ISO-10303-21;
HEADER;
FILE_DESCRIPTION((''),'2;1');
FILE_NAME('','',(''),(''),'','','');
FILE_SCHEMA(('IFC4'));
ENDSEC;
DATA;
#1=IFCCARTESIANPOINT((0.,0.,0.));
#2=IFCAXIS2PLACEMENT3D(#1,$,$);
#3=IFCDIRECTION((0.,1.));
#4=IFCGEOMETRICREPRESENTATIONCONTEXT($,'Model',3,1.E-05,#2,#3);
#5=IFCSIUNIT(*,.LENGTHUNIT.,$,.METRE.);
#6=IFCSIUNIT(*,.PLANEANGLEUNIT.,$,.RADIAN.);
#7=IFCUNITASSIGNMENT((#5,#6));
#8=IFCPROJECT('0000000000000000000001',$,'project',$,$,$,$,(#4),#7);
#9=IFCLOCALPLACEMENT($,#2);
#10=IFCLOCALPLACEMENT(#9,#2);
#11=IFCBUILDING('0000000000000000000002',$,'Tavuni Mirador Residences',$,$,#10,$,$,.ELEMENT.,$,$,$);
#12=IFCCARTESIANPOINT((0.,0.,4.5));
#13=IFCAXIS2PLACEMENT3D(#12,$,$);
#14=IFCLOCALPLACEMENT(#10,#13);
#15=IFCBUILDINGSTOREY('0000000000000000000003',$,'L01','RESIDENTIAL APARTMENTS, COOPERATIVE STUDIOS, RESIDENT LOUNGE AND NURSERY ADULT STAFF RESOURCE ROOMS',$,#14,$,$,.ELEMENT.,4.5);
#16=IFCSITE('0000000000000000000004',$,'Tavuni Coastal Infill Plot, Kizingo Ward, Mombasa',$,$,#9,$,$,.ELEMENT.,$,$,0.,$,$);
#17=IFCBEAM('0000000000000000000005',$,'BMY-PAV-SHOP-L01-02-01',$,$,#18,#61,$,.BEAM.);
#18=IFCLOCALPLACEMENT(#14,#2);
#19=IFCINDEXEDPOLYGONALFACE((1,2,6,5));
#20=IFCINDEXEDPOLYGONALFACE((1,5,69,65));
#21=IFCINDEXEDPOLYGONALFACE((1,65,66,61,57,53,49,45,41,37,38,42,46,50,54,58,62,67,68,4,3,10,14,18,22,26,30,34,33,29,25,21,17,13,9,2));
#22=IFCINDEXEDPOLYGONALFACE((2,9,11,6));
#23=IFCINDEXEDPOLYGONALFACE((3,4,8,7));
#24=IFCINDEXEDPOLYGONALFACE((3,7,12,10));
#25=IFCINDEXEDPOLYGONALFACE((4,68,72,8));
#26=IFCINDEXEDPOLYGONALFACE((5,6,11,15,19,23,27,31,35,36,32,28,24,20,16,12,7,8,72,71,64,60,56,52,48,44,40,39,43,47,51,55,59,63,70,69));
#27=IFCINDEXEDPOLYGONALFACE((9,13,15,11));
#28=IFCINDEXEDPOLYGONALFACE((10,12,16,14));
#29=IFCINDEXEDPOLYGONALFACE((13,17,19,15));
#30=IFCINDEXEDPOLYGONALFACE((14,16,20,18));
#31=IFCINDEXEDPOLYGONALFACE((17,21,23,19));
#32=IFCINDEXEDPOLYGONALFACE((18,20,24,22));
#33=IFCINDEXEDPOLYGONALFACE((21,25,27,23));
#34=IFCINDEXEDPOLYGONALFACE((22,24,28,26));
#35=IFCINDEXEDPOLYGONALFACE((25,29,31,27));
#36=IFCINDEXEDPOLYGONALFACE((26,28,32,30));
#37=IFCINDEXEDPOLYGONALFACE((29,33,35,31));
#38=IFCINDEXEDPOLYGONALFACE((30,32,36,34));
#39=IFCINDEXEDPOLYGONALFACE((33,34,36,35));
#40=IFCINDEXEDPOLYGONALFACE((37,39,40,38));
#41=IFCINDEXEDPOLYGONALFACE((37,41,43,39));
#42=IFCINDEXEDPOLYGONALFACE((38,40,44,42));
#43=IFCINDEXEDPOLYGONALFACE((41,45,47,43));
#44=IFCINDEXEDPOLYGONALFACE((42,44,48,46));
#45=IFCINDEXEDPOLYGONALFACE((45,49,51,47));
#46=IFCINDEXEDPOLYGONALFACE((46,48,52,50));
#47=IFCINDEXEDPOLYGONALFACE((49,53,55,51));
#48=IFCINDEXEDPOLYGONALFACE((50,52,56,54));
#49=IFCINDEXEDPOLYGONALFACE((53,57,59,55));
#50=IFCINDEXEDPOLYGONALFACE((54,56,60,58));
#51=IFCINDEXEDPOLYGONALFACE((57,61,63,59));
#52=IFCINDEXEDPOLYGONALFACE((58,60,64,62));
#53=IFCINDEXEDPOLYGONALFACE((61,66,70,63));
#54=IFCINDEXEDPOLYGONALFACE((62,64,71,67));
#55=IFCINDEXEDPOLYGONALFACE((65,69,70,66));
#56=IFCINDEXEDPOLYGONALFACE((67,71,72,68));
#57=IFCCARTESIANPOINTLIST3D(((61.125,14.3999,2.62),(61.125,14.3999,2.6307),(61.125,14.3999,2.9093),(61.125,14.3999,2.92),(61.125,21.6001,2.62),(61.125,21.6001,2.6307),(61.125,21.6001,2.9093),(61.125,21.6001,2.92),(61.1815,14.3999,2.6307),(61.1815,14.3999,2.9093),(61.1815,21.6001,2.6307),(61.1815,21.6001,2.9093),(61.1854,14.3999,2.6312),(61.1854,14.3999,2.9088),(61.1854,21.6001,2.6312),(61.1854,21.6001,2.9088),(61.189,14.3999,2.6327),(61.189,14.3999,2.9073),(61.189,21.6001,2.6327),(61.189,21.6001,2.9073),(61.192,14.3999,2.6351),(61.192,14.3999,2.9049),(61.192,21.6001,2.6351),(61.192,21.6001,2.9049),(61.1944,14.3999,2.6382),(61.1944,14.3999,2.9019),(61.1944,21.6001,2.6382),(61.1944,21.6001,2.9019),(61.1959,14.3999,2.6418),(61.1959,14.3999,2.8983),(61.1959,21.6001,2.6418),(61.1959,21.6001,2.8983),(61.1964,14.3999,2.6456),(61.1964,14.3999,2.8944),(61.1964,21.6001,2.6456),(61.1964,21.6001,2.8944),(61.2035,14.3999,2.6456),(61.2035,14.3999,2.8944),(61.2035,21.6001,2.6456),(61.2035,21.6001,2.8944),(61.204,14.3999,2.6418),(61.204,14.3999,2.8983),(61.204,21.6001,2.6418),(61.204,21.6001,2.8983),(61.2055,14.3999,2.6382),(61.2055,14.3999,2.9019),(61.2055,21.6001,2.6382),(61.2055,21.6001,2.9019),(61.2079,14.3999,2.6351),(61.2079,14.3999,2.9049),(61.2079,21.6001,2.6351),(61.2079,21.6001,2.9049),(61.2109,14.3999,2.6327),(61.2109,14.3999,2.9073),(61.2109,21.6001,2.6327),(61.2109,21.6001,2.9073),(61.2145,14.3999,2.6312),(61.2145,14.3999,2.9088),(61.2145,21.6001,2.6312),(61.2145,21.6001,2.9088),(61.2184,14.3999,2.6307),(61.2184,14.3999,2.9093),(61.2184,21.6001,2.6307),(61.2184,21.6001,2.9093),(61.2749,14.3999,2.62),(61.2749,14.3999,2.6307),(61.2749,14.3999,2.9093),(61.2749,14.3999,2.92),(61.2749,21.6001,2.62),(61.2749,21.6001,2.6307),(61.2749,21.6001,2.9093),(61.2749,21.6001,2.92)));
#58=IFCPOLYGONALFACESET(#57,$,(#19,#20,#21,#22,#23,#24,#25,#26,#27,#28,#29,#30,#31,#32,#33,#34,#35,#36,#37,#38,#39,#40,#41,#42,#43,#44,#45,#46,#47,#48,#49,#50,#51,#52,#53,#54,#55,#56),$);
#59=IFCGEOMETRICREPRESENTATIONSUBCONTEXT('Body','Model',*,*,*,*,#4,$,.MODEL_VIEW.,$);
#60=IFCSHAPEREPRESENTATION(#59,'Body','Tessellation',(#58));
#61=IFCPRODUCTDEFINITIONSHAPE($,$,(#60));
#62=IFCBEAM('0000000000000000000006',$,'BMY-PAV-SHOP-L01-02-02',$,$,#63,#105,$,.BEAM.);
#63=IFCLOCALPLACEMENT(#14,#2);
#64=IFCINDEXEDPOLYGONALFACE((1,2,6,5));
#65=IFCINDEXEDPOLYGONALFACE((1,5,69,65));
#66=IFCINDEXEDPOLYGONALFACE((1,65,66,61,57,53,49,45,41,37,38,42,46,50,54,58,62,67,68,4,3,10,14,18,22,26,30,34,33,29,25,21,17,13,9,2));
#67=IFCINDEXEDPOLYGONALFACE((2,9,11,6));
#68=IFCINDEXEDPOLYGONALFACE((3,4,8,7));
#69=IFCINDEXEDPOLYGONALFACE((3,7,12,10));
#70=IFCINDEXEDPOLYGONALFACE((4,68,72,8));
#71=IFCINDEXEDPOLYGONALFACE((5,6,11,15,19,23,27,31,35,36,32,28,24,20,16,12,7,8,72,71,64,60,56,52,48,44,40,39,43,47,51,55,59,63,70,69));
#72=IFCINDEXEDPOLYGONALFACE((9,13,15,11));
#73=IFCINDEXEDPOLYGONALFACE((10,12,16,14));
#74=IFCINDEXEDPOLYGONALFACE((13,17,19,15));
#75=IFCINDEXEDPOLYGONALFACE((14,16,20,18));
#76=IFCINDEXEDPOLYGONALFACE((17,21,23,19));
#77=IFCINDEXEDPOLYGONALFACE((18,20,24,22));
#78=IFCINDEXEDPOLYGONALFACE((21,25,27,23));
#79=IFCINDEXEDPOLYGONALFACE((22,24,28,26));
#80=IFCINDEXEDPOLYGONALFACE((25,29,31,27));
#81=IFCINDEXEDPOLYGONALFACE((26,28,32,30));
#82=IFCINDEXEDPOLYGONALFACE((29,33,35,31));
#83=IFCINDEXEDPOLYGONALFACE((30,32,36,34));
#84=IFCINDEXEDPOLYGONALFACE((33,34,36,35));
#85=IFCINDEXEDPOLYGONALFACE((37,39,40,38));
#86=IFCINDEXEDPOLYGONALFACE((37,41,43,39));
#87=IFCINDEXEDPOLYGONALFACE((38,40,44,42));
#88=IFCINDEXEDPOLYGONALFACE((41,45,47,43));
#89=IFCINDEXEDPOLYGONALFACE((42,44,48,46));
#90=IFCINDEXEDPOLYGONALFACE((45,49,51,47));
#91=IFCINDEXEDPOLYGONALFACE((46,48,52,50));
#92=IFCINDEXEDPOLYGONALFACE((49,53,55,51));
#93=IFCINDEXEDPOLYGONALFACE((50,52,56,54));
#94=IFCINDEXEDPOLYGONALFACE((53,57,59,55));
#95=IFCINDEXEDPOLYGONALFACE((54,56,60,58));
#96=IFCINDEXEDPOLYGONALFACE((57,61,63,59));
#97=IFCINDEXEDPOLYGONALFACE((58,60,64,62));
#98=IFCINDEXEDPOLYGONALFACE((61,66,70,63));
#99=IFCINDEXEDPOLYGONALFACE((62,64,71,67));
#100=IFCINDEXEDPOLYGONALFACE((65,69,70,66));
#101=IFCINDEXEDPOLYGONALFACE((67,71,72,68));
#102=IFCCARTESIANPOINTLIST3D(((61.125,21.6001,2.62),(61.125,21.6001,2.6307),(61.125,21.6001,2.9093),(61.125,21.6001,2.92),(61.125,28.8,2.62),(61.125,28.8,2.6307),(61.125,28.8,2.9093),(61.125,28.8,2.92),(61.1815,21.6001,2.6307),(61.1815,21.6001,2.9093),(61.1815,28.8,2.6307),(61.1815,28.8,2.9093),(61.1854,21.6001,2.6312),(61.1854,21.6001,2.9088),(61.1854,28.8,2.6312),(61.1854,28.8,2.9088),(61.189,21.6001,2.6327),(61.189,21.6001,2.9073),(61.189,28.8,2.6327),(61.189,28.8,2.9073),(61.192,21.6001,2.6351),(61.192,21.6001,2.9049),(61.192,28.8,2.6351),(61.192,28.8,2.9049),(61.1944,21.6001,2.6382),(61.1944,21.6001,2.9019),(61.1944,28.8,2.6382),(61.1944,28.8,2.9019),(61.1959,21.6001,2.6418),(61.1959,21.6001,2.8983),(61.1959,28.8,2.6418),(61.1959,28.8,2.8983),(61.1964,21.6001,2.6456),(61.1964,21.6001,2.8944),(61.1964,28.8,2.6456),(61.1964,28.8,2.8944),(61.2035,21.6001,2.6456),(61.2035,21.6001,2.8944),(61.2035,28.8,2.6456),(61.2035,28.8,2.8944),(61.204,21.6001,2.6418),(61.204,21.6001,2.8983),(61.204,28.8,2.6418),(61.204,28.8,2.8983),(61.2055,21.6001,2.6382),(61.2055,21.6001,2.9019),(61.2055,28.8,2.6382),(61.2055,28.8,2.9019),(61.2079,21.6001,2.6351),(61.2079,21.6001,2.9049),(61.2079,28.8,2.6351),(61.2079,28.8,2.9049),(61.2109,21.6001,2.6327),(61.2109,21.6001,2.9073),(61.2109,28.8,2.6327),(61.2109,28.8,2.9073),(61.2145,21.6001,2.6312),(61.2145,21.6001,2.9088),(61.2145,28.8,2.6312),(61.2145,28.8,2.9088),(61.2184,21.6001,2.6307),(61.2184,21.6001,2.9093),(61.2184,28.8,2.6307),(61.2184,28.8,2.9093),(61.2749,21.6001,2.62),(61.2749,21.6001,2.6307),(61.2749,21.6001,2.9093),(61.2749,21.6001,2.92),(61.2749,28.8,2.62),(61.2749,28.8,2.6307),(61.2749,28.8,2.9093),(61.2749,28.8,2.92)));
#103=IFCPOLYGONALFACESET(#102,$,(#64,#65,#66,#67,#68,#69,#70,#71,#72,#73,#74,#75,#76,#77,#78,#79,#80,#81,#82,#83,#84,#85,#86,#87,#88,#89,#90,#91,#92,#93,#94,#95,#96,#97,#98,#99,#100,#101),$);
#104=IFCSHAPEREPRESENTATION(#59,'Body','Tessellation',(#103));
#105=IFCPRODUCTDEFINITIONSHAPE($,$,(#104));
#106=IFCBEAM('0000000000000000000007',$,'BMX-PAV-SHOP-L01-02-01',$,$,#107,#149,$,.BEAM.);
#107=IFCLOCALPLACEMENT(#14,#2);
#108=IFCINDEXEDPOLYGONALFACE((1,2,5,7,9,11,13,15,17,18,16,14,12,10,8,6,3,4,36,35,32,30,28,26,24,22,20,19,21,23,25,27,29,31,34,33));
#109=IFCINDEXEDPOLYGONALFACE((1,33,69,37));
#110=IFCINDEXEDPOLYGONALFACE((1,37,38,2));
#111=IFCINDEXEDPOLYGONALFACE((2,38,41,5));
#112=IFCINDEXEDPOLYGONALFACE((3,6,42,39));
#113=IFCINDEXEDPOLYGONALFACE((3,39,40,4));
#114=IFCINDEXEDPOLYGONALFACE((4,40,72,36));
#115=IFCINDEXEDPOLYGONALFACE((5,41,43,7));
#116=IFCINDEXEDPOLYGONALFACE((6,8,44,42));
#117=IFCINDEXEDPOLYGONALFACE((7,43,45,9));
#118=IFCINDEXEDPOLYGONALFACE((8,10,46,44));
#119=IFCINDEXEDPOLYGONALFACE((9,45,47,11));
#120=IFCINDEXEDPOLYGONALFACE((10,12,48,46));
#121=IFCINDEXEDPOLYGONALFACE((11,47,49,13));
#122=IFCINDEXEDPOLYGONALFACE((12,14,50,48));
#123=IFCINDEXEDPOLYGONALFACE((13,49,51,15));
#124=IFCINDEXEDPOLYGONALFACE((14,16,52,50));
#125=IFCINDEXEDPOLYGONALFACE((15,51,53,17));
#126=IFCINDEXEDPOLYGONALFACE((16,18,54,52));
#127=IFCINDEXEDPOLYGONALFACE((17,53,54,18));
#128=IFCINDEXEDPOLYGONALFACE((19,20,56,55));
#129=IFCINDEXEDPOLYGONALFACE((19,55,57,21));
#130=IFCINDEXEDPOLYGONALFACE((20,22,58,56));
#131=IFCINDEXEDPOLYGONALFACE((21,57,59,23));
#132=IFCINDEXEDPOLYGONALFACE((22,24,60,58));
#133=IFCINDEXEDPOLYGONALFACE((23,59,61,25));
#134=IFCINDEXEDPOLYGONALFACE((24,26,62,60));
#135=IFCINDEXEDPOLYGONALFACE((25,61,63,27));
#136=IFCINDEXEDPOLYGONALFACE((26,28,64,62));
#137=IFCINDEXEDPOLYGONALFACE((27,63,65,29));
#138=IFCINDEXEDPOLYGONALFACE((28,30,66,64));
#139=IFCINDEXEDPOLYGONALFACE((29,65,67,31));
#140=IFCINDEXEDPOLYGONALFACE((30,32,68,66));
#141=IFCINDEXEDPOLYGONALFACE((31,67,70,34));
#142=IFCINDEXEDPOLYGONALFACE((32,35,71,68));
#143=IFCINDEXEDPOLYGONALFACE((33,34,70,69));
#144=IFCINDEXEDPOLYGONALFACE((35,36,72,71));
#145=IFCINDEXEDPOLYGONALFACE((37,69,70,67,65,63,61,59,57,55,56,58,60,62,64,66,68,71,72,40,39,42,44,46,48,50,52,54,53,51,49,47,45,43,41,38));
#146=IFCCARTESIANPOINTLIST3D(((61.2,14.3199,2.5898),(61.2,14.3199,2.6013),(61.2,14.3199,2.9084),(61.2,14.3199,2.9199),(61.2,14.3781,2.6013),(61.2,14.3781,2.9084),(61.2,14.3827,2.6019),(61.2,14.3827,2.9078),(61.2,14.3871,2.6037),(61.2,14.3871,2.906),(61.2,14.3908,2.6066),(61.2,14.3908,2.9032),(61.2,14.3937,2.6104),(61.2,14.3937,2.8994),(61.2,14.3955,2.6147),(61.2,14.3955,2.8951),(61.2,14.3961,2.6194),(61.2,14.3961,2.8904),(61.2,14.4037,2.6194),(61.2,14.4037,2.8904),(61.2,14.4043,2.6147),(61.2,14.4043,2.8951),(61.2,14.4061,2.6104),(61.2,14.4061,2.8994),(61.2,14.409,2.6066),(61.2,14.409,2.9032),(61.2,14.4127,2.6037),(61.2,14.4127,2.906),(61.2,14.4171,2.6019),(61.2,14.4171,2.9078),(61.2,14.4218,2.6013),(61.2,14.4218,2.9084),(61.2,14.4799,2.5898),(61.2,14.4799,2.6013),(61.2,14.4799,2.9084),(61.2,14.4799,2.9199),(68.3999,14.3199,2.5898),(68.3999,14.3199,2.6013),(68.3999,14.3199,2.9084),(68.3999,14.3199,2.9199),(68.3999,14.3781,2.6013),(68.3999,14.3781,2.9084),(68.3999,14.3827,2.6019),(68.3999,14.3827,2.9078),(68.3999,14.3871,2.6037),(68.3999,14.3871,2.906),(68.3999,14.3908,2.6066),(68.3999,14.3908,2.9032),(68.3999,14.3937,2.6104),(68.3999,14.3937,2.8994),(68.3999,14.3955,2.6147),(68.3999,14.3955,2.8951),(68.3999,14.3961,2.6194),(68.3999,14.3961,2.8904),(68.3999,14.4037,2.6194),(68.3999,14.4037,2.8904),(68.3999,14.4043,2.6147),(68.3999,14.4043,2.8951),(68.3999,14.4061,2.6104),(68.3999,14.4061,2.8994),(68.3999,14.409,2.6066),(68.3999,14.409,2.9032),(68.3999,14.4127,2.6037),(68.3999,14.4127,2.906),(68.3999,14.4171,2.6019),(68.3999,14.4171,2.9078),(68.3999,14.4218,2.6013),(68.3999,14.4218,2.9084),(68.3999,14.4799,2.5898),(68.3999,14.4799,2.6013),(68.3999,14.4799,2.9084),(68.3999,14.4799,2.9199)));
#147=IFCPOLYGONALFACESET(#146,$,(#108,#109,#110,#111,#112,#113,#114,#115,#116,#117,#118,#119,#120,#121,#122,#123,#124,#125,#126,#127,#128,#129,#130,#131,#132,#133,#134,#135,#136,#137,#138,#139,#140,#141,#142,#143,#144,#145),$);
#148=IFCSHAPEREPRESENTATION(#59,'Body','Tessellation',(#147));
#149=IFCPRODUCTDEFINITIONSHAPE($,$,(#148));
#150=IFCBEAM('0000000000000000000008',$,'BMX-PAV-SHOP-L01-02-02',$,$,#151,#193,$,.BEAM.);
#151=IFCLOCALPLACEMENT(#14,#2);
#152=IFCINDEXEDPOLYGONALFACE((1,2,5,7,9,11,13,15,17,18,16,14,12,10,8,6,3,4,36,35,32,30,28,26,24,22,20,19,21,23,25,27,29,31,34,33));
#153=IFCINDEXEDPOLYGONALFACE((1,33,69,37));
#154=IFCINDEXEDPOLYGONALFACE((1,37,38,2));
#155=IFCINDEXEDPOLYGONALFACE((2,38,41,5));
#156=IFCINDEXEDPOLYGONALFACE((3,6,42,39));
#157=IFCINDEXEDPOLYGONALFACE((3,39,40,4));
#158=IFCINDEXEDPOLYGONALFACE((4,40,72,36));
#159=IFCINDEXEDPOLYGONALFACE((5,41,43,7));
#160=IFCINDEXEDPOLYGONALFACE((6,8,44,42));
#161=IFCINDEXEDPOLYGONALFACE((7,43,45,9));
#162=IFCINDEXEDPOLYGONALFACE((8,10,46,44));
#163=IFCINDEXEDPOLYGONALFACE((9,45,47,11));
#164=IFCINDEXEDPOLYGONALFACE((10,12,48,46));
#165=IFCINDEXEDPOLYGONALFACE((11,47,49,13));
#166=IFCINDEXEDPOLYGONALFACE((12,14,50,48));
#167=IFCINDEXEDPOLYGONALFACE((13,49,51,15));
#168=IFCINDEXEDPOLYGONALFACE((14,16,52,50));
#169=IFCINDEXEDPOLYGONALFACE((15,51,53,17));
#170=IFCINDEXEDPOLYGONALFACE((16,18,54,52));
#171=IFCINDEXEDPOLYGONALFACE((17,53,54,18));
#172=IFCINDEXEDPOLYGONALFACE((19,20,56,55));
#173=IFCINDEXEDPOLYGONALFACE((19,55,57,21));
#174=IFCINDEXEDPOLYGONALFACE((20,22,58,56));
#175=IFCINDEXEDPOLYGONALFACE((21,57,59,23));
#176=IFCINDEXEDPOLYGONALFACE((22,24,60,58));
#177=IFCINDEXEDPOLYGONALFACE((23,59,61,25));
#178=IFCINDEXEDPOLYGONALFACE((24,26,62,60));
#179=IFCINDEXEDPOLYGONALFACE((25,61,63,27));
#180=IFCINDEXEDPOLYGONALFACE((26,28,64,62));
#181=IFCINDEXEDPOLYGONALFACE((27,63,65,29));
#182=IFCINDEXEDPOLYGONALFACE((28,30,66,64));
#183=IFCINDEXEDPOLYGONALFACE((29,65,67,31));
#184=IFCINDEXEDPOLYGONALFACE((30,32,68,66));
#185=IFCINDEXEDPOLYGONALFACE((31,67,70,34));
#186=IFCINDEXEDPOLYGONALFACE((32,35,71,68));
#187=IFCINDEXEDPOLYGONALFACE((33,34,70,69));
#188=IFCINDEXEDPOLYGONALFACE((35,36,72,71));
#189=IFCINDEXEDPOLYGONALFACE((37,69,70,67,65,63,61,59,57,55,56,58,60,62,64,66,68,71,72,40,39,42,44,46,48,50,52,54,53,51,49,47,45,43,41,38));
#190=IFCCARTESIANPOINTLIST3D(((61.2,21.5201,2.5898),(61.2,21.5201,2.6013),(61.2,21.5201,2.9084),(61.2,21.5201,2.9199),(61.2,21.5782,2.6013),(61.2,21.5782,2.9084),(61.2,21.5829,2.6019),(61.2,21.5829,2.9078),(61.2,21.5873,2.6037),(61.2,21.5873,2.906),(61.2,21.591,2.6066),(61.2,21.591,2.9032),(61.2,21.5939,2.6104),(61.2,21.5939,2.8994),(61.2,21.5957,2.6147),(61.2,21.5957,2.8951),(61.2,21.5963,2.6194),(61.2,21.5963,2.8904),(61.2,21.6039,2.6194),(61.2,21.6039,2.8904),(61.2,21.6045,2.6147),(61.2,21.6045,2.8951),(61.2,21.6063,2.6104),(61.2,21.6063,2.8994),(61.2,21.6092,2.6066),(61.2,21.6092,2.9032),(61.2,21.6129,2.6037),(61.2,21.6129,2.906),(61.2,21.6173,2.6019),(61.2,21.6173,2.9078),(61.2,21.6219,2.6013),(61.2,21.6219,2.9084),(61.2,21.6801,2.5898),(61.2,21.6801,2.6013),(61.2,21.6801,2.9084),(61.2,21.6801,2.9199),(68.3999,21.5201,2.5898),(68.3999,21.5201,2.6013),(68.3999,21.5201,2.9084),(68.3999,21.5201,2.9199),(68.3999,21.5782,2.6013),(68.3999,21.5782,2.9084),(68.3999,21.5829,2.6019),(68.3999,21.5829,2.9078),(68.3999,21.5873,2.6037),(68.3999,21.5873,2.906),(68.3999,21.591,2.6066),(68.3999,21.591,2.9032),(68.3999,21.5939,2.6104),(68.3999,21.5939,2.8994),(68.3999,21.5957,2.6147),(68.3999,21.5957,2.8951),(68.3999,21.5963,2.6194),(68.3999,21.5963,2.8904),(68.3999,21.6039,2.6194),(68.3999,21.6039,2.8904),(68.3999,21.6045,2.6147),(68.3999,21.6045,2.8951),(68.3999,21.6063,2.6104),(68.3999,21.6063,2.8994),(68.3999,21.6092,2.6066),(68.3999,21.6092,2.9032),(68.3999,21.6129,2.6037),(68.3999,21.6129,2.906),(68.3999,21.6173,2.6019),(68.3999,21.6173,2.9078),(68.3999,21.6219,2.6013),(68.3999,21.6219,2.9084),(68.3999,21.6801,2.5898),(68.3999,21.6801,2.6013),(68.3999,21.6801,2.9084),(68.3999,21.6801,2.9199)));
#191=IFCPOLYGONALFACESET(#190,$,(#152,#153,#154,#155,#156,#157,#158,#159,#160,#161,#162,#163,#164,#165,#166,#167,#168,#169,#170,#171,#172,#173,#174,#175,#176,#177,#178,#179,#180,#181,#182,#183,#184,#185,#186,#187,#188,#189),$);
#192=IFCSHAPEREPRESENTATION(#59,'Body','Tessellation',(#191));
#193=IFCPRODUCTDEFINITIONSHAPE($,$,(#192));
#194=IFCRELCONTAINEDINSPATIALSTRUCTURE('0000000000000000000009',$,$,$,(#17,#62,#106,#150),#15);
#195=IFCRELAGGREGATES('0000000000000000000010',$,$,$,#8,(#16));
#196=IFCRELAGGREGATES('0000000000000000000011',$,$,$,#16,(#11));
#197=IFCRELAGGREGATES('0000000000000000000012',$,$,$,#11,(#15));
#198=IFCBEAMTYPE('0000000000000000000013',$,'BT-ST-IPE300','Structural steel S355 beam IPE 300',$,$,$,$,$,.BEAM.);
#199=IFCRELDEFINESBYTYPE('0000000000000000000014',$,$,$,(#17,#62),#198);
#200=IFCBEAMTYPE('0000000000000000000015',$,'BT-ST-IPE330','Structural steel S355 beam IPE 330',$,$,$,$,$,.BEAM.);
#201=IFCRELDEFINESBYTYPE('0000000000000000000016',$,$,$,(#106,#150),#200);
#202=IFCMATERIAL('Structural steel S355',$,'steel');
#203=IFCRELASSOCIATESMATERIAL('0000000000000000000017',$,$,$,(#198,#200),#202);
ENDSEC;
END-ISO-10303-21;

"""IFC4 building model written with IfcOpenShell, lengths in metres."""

from ifc_helpers import new_model, si_unit, direction, frame, origin, origin_2d, place, context, subcontext, project, spatial, i_section, extrude, material, material_profile, profile_set, type_object, element, save


model = new_model("IFC4")

# Units and contexts
model_context = context("Model", 3, precision=1e-05, world=origin(), true_north=direction((0.0, 1.0)))
body_context = subcontext(model_context, "Body", "Model", "MODEL_VIEW")
ifc_project = project(units=[si_unit("LENGTHUNIT", "METRE"), si_unit("PLANEANGLEUNIT", "RADIAN")], contexts=[model_context])

# Site, building, storey
site_placement = place(None, origin())
site = spatial("IfcSite", under=ifc_project, at=site_placement, Name="Tavuni Coastal Infill Plot, Kizingo Ward, Mombasa", CompositionType="ELEMENT", RefElevation=0.0)
building_placement = place(site_placement, origin())
building = spatial("IfcBuilding", under=site, at=building_placement, Name="Tavuni Mirador Residences", CompositionType="ELEMENT")
storey_placement = place(building_placement, frame((0.0, 0.0, 4.5)))
storey = spatial("IfcBuildingStorey", under=building, at=storey_placement, Name="L01", Description="RESIDENTIAL APARTMENTS, COOPERATIVE STUDIOS, RESIDENT LOUNGE AND NURSERY ADULT STAFF RESOURCE ROOMS", CompositionType="ELEMENT", Elevation=4.5)

# Shared definitions
ifc_material_1 = material(Name="Structural steel S355", Category="steel")

# Beams
ifc_material_profile_1 = material_profile(ifc_material_1, i_section(OverallWidth=0.1499, OverallDepth=0.3, WebThickness=0.0071, FlangeThickness=0.0107, FilletRadius=0.0149, at=origin_2d()), Name="IPE 300", Category="steel")
ifc_profile_set_1 = profile_set([ifc_material_profile_1], Name="Structural steel S355")
beam_type_1 = type_object("IfcBeamType", Name="BT-ST-IPE300", Description="Structural steel S355 beam IPE 300", PredefinedType="BEAM", material=ifc_profile_set_1)
beam_1_placement = place(storey_placement, frame((61.2, 14.3999, 2.77), z_axis=(0.0, 1.0, 0.0), x_axis=(-1.0, 0.0, 0.0)))
element("IfcBeam", 1, at=beam_1_placement, inside=storey, type_object=beam_type_1, Name="BMY-PAV-SHOP-L01-02-01", PredefinedType="BEAM", context=body_context, shape_type="SweptSolid", body=[
    extrude(i_section(OverallWidth=0.1499, OverallDepth=0.3, WebThickness=0.0071, FlangeThickness=0.0107, FilletRadius=0.0149, at=origin_2d()), origin(), (0.0, 0.0, 1.0), 7.2002),
])
beam_2_placement = place(storey_placement, frame((61.2, 21.6001, 2.77), z_axis=(0.0, 1.0, 0.0), x_axis=(-1.0, 0.0, 0.0)))
element("IfcBeam", 2, at=beam_2_placement, inside=storey, type_object=beam_type_1, Name="BMY-PAV-SHOP-L01-02-02", PredefinedType="BEAM", context=body_context, shape_type="SweptSolid", body=[
    extrude(i_section(OverallWidth=0.1499, OverallDepth=0.3, WebThickness=0.0071, FlangeThickness=0.0107, FilletRadius=0.0149, at=origin_2d()), origin(), (0.0, 0.0, 1.0), 7.2),
])
ifc_material_profile_2 = material_profile(ifc_material_1, i_section(OverallWidth=0.1599, OverallDepth=0.3301, WebThickness=0.0076, FlangeThickness=0.0115, FilletRadius=0.0181, at=origin_2d()), Name="IPE 330", Category="steel")
ifc_profile_set_2 = profile_set([ifc_material_profile_2], Name="Structural steel S355")
beam_type_2 = type_object("IfcBeamType", Name="BT-ST-IPE330", Description="Structural steel S355 beam IPE 330", PredefinedType="BEAM", material=ifc_profile_set_2)
for number, where, z_axis, x_axis, name in (
    (3, (61.2, 14.3999, 2.7549), (1.0, 0.0, 0.0), (0.0, 1.0, 0.0), "BMX-PAV-SHOP-L01-02-01"),
    (4, (61.2, 21.6001, 2.7549), (1.0, 0.0, 0.0), (0.0, 1.0, 0.0), "BMX-PAV-SHOP-L01-02-02"),
):
    element("IfcBeam", number, at=place(storey_placement, frame(where, z_axis=z_axis, x_axis=x_axis)), inside=storey, type_object=beam_type_2, Name=name, PredefinedType="BEAM", context=body_context, shape_type="SweptSolid", body=[
        extrude(i_section(OverallWidth=0.1599, OverallDepth=0.3301, WebThickness=0.0076, FlangeThickness=0.0115, FilletRadius=0.0181, at=origin_2d()), origin(), (0.0, 0.0, 1.0), 7.2),
    ])

save(model, "model.ifc")
